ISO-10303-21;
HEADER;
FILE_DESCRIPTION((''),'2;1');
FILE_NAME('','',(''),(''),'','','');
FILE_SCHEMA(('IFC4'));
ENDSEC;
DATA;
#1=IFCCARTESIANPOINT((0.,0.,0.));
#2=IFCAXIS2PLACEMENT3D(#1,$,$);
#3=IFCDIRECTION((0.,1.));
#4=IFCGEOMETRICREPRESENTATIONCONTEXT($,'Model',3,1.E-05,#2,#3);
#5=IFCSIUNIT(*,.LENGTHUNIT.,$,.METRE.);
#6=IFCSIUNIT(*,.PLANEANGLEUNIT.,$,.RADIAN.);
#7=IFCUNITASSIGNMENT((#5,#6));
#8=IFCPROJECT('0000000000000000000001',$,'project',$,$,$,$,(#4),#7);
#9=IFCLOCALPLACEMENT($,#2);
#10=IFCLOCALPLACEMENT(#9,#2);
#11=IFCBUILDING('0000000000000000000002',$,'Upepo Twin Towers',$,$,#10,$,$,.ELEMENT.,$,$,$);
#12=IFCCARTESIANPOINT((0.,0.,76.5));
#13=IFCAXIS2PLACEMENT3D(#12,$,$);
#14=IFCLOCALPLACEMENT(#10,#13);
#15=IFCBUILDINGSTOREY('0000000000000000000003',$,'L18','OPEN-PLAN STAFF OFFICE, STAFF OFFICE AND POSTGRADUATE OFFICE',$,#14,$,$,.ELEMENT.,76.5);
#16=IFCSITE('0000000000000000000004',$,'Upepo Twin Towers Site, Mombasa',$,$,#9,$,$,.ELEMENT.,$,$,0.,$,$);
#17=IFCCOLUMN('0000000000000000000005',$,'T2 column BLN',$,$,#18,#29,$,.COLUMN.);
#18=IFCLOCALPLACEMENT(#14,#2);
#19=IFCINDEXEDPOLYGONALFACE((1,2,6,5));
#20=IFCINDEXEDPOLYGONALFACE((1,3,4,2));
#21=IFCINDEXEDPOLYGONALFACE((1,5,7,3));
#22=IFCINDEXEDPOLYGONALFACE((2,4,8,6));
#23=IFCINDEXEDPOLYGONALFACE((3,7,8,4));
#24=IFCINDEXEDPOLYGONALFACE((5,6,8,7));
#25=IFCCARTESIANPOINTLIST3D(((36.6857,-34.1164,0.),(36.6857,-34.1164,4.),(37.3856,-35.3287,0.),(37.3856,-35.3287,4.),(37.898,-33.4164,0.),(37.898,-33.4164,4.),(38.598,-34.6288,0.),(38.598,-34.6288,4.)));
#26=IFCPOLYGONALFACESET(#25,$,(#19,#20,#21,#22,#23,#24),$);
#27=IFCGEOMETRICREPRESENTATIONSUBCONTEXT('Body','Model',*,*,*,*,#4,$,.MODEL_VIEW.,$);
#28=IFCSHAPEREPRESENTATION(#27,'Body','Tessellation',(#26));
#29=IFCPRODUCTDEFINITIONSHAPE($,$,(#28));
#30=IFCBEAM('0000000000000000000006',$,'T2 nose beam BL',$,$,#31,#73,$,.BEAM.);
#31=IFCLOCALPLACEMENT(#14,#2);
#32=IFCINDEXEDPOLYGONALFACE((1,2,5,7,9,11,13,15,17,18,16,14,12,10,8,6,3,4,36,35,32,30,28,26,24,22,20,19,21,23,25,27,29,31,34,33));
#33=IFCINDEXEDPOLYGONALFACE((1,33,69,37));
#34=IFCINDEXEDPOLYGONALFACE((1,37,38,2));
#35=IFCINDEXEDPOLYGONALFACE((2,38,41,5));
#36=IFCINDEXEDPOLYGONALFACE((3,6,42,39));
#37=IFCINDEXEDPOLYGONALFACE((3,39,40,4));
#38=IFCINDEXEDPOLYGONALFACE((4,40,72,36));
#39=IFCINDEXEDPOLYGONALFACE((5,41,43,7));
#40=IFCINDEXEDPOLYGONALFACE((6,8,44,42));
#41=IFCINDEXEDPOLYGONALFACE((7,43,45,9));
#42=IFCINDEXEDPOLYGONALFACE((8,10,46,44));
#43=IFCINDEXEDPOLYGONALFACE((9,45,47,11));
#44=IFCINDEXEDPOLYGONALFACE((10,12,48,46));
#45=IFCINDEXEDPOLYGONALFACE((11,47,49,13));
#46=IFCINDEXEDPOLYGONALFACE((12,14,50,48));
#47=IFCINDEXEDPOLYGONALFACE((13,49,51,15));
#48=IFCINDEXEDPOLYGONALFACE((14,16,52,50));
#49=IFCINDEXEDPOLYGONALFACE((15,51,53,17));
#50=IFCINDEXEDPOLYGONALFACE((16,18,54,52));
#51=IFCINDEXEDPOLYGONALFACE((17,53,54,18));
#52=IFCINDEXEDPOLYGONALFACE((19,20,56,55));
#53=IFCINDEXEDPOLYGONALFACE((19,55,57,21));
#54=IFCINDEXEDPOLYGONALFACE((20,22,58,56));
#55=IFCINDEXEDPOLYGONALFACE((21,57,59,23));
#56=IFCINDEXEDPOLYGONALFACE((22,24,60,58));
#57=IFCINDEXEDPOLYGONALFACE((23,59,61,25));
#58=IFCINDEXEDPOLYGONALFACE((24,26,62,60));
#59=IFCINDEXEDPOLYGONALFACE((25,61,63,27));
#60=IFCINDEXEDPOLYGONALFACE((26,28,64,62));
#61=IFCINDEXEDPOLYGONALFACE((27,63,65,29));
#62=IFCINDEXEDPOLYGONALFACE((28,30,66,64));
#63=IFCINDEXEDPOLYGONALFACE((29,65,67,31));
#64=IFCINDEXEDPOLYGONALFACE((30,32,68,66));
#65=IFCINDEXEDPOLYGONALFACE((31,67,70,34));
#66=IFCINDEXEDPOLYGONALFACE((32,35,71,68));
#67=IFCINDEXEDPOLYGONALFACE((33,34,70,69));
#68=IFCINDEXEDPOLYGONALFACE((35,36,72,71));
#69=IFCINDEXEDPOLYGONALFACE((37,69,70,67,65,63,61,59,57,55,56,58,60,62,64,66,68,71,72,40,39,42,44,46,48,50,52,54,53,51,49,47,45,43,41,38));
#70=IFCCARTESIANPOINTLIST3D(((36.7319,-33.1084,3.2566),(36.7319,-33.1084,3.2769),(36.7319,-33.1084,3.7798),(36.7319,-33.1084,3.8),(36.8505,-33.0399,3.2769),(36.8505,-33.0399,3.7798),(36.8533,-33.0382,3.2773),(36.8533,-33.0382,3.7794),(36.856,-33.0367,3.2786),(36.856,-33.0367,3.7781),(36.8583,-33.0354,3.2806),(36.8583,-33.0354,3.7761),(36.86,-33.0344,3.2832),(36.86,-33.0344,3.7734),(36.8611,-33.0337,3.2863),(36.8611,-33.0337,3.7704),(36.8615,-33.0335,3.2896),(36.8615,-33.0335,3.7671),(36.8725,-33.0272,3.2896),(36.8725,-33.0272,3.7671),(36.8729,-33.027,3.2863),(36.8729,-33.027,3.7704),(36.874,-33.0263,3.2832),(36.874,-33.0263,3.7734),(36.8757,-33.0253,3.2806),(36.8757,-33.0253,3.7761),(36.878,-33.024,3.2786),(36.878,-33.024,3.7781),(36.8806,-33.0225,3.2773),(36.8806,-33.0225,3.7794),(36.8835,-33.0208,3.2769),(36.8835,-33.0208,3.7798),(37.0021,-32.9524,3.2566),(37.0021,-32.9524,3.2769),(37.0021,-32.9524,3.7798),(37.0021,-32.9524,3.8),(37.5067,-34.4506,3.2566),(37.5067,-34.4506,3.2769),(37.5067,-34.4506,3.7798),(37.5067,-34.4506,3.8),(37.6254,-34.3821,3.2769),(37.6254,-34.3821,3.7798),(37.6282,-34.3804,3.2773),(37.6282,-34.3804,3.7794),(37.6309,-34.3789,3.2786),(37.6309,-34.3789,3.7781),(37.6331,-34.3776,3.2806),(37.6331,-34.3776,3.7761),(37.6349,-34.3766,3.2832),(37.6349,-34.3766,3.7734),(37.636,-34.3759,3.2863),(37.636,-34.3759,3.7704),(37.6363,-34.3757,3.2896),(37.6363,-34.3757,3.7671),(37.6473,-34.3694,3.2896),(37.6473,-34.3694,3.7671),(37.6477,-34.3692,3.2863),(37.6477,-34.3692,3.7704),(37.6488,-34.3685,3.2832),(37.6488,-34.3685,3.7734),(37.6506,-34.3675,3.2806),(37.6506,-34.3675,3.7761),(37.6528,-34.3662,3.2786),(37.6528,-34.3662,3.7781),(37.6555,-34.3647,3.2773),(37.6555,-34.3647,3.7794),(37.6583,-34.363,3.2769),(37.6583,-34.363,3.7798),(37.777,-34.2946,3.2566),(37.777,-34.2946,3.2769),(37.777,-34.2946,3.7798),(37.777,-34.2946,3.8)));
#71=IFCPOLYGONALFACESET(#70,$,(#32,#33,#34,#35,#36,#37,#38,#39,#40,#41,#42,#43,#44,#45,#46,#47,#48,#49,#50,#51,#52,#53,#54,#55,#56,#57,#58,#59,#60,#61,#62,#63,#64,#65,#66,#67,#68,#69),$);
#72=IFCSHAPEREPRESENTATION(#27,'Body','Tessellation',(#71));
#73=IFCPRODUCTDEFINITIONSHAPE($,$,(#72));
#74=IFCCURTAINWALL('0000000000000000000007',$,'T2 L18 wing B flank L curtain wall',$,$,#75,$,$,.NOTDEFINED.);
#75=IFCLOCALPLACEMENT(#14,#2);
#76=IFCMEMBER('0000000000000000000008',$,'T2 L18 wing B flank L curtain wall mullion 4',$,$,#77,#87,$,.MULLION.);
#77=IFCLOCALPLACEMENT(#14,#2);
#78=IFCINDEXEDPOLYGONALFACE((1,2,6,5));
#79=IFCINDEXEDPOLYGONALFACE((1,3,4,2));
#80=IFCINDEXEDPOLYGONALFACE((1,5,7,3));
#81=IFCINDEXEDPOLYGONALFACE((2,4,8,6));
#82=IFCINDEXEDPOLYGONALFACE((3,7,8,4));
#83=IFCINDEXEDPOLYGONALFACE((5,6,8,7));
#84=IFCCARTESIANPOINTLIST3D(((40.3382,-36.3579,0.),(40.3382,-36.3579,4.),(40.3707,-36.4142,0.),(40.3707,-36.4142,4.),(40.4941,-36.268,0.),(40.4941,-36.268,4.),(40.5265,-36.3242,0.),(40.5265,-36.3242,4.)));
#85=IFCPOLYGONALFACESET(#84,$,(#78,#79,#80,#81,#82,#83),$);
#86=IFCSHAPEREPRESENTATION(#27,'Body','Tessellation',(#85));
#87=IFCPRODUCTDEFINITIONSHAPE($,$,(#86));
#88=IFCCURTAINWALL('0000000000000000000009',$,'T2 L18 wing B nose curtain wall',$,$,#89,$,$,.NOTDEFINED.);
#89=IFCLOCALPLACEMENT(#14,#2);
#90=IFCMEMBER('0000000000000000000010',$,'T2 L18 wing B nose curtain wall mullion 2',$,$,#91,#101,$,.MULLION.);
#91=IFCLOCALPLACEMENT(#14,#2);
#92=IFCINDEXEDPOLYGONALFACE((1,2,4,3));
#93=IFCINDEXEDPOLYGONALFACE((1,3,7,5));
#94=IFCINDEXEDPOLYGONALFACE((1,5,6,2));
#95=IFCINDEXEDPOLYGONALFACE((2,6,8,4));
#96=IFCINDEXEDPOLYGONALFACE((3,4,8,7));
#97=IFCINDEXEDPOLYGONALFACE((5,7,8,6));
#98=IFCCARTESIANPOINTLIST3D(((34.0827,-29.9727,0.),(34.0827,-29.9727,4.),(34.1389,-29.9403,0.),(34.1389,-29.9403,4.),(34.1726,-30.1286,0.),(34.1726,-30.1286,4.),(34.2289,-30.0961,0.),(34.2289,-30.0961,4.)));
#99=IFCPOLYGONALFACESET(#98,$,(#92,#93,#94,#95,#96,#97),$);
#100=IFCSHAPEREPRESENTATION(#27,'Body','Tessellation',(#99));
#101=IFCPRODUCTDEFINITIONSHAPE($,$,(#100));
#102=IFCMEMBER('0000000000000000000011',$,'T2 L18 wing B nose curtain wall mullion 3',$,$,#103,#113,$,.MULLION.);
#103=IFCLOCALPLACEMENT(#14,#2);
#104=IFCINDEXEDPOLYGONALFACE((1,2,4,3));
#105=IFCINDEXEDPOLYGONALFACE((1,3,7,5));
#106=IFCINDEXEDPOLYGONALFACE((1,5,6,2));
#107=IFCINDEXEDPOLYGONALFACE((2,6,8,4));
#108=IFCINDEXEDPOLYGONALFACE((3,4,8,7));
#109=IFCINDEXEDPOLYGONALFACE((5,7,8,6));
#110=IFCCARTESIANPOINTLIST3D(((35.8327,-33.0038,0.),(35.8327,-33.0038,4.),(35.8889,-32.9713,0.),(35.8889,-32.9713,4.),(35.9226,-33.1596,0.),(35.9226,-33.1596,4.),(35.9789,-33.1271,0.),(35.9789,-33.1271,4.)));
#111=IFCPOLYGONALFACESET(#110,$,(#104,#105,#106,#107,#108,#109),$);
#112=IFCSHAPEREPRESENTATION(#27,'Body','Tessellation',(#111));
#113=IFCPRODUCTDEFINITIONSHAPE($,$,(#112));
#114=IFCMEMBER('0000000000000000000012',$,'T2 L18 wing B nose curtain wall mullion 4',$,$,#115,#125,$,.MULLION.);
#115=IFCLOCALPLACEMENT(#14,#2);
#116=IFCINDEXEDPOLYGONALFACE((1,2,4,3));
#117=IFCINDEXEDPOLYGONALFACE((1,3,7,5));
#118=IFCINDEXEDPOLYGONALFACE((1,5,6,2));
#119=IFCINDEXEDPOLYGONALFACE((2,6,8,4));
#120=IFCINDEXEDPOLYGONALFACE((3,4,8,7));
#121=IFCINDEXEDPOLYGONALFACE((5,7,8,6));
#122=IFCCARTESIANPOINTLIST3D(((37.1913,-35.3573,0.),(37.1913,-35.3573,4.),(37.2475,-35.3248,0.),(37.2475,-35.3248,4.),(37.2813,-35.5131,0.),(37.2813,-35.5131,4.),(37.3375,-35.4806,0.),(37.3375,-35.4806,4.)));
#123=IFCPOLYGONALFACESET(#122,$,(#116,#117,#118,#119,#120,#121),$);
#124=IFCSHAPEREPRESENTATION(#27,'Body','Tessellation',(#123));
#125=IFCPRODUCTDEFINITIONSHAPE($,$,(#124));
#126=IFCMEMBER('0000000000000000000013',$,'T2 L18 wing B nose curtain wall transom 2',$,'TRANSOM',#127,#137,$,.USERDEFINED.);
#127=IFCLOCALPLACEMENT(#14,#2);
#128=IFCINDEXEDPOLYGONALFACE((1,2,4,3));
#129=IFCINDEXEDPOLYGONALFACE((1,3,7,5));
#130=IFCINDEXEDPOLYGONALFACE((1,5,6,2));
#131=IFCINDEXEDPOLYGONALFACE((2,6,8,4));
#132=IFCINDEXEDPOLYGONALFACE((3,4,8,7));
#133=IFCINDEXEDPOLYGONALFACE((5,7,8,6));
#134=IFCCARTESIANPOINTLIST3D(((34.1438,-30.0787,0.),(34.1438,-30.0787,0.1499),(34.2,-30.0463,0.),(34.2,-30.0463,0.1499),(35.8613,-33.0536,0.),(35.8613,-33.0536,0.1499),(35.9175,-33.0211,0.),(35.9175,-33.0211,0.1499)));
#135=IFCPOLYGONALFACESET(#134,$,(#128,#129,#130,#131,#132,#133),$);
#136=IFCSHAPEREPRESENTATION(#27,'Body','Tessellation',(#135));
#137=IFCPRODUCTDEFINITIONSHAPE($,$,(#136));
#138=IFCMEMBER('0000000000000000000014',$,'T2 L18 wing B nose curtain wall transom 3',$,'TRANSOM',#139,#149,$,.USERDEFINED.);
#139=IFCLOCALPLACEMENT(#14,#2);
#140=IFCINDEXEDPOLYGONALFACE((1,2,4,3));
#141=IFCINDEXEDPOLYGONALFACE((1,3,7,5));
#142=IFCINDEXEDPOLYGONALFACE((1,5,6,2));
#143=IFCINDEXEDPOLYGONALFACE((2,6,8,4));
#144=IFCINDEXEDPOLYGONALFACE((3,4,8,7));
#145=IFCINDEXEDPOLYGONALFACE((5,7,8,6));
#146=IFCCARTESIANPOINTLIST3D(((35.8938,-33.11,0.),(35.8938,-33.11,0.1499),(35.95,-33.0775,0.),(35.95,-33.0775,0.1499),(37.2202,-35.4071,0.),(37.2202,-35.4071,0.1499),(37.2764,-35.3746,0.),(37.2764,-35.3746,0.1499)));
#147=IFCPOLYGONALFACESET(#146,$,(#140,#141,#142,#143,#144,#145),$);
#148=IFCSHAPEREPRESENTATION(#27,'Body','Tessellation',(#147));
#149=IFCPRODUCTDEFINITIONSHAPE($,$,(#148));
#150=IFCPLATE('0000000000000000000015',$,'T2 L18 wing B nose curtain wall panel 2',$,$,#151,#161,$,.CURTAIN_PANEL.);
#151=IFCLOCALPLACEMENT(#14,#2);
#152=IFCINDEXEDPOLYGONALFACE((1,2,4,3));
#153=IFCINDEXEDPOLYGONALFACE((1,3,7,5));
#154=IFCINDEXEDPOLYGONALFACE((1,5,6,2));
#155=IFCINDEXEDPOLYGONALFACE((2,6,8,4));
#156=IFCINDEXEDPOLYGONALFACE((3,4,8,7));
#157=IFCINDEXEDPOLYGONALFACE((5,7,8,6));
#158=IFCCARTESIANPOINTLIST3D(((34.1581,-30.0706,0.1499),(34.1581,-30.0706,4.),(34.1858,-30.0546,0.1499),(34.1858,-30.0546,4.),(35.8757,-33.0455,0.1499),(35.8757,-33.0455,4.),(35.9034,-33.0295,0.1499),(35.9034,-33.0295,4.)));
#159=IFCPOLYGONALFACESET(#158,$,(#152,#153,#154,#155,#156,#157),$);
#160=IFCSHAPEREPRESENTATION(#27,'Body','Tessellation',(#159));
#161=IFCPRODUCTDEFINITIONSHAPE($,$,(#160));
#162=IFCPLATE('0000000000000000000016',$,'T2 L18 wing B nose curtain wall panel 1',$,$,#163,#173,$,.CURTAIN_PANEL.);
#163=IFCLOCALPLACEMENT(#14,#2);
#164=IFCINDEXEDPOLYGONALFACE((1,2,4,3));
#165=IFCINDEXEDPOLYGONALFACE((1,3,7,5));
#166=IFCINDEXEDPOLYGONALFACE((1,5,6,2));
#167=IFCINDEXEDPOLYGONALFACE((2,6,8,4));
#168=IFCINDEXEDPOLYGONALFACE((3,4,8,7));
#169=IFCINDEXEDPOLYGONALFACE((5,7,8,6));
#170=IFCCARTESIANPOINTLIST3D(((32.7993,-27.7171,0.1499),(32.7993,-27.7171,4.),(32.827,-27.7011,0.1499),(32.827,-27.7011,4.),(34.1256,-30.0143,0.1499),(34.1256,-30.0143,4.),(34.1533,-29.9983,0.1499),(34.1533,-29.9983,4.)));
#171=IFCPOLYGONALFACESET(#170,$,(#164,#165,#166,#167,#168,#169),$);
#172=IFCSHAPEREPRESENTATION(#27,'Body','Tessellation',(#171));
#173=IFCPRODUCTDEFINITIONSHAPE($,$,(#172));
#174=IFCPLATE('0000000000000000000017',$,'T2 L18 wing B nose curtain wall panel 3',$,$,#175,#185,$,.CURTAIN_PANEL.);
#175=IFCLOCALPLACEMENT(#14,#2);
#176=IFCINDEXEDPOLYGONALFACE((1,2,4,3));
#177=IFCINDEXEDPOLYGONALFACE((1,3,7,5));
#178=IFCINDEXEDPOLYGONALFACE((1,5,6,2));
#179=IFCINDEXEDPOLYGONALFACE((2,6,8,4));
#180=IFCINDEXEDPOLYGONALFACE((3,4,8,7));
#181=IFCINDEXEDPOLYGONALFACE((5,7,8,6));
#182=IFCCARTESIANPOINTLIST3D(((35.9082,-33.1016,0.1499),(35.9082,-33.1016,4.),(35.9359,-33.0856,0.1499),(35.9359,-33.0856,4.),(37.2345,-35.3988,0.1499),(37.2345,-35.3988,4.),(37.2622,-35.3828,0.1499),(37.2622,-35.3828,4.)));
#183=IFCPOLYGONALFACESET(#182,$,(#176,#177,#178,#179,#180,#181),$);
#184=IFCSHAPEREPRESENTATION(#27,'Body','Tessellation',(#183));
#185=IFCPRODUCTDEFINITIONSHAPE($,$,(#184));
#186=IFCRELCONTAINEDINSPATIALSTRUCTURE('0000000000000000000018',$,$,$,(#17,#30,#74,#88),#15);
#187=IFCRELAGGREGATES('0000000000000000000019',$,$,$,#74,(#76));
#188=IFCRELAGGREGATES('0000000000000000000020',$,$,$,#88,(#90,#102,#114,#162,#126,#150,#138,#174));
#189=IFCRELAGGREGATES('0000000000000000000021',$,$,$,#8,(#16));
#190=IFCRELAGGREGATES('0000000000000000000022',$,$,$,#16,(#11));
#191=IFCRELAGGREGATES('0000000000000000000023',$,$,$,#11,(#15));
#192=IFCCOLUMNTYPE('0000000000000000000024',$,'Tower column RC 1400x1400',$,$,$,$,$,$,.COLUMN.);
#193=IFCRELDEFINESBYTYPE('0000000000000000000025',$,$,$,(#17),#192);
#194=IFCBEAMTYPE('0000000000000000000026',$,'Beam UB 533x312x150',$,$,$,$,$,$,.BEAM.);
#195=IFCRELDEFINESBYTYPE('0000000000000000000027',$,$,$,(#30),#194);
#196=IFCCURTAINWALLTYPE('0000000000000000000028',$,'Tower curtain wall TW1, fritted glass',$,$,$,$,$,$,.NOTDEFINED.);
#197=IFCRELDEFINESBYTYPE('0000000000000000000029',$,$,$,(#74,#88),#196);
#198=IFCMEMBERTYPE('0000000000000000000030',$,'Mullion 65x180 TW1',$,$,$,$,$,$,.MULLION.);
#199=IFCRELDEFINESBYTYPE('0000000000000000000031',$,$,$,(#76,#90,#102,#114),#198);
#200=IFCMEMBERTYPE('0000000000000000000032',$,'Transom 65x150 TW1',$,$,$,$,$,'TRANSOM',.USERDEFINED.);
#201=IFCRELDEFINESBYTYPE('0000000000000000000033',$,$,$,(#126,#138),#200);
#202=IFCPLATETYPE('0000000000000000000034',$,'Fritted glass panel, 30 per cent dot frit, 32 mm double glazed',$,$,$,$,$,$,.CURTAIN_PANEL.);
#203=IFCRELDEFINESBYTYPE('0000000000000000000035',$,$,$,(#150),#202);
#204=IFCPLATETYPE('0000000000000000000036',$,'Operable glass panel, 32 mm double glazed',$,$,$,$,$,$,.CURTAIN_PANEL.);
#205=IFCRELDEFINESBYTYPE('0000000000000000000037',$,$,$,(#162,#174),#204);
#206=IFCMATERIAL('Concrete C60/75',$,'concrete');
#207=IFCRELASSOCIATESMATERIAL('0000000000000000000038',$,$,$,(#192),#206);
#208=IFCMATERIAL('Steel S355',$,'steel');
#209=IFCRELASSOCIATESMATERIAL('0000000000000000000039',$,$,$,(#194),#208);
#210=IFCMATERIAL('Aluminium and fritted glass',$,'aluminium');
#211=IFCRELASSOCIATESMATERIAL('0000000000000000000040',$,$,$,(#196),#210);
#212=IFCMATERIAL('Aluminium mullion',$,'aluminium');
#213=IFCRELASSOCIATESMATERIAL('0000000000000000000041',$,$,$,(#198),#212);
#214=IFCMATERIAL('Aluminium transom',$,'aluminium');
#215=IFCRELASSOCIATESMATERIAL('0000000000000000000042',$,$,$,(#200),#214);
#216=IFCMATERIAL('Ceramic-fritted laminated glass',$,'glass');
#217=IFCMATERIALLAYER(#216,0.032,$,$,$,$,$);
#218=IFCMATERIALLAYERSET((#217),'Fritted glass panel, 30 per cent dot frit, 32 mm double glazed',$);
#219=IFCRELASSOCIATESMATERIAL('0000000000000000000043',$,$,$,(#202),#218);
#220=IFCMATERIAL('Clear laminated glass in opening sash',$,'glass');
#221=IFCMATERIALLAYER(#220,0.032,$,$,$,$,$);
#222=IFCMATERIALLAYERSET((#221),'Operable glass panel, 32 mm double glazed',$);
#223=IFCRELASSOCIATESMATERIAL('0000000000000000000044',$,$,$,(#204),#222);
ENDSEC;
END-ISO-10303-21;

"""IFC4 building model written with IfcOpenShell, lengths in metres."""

from ifc_helpers import new_model, si_unit, direction, frame, origin, origin_2d, place, context, subcontext, project, spatial, rectangle, i_section, extrude, material, layer, layer_set, material_profile, profile_set, type_object, element, aggregate, save


model = new_model("IFC4")

# Units and contexts
model_context = context("Model", 3, precision=1e-05, world=origin(), true_north=direction((0.0, 1.0)))
body_context = subcontext(model_context, "Body", "Model", "MODEL_VIEW")
ifc_project = project(units=[si_unit("LENGTHUNIT", "METRE"), si_unit("PLANEANGLEUNIT", "RADIAN")], contexts=[model_context])

# Site, building, storey
site_placement = place(None, origin())
site = spatial("IfcSite", under=ifc_project, at=site_placement, Name="Upepo Twin Towers Site, Mombasa", CompositionType="ELEMENT", RefElevation=0.0)
building_placement = place(site_placement, origin())
building = spatial("IfcBuilding", under=site, at=building_placement, Name="Upepo Twin Towers", CompositionType="ELEMENT")
storey_placement = place(building_placement, frame((0.0, 0.0, 76.5)))
storey = spatial("IfcBuildingStorey", under=building, at=storey_placement, Name="L18", Description="OPEN-PLAN STAFF OFFICE, STAFF OFFICE AND POSTGRADUATE OFFICE", CompositionType="ELEMENT", Elevation=76.5)

# Column
ifc_material_1 = material(Name="Concrete C60/75", Category="concrete")
ifc_material_profile_1 = material_profile(ifc_material_1, rectangle(XDim=1.3999, YDim=1.3999, at=origin_2d()), Name="RC 1400x1400")
ifc_profile_set_1 = profile_set([ifc_material_profile_1], Name="Concrete C60/75")
column_type = type_object("IfcColumnType", Name="Tower column RC 1400x1400", PredefinedType="COLUMN", material=ifc_profile_set_1)
column_placement = place(storey_placement, frame((37.6418, -34.3726, 0.0), z_axis=(0.0, 0.0, 1.0), x_axis=(0.866025, 0.5, 0.0)))
element("IfcColumn", 1, at=column_placement, inside=storey, type_object=column_type, Name="T2 column BLN", PredefinedType="COLUMN", context=body_context, shape_type="SweptSolid", body=[
    extrude(rectangle(XDim=1.3999, YDim=1.3999, at=origin_2d()), origin(), (0.0, 0.0, 1.0), 4.0),
])

# Beam
ifc_material_2 = material(Name="Steel S355", Category="steel")
ifc_material_profile_2 = material_profile(ifc_material_2, i_section(OverallWidth=0.312, OverallDepth=0.5435, WebThickness=0.0127, FlangeThickness=0.0203, FilletRadius=0.0127, at=origin_2d()), Name="UB 533x312x150")
ifc_profile_set_2 = profile_set([ifc_material_profile_2], Name="Steel S355")
beam_type = type_object("IfcBeamType", Name="Beam UB 533x312x150", PredefinedType="BEAM", material=ifc_profile_set_2)
beam_placement = place(storey_placement, frame((37.6418, -34.3726, 3.5283), z_axis=(-0.499968, 0.866044, 0.0), x_axis=(-0.866044, -0.499968, 0.0)))
element("IfcBeam", 2, at=beam_placement, inside=storey, type_object=beam_type, Name="T2 nose beam BL", PredefinedType="BEAM", context=body_context, shape_type="SweptSolid", body=[
    extrude(i_section(OverallWidth=0.312, OverallDepth=0.5435, WebThickness=0.0127, FlangeThickness=0.0203, FilletRadius=0.0127, at=origin_2d()), origin(), (0.0, 0.0, 1.0), 1.5498),
])

# Curtain wall, member
ifc_material_3 = material(Name="Aluminium and fritted glass", Category="aluminium")
curtain_wall_type = type_object("IfcCurtainWallType", Name="Tower curtain wall TW1, fritted glass", PredefinedType="NOTDEFINED", material=ifc_material_3)
curtain_wall_1_placement = place(storey_placement, origin())
curtain_wall_1 = element("IfcCurtainWall", 3, at=curtain_wall_1_placement, inside=storey, type_object=curtain_wall_type, Name="T2 L18 wing B flank L curtain wall", PredefinedType="NOTDEFINED")
ifc_material_4 = material(Name="Aluminium mullion", Category="aluminium")
ifc_material_profile_3 = material_profile(ifc_material_4, rectangle(XDim=0.0649, YDim=0.1799, at=origin_2d()), Name="MULLION 65x180")
ifc_profile_set_3 = profile_set([ifc_material_profile_3], Name="Aluminium mullion")
member_type_1 = type_object("IfcMemberType", Name="Mullion 65x180 TW1", PredefinedType="MULLION", material=ifc_profile_set_3)
member_1_placement = place(storey_placement, frame((40.4324, -36.3411, 0.0), z_axis=(0.0, 0.0, 1.0), x_axis=(0.5, -0.866025, 0.0)))
member_1 = element("IfcMember", 4, at=member_1_placement, type_object=member_type_1, Name="T2 L18 wing B flank L curtain wall mullion 4", PredefinedType="MULLION", context=body_context, shape_type="SweptSolid", body=[
    extrude(rectangle(XDim=0.0649, YDim=0.1799, at=origin_2d()), origin(), (0.0, 0.0, 1.0), 4.0),
])
aggregate(curtain_wall_1, [member_1])

# Curtain wall, members, plates
curtain_wall_2_placement = place(storey_placement, origin())
curtain_wall_2 = element("IfcCurtainWall", 5, at=curtain_wall_2_placement, inside=storey, type_object=curtain_wall_type, Name="T2 L18 wing B nose curtain wall", PredefinedType="NOTDEFINED")
member_2_placement = place(storey_placement, frame((34.1558, -30.0344, 0.0), z_axis=(0.0, 0.0, 1.0), x_axis=(0.866025, 0.5, 0.0)))
member_2 = element("IfcMember", 6, at=member_2_placement, type_object=member_type_1, Name="T2 L18 wing B nose curtain wall mullion 2", PredefinedType="MULLION", context=body_context, shape_type="SweptSolid", body=[
    extrude(rectangle(XDim=0.0649, YDim=0.1799, at=origin_2d()), origin(), (0.0, 0.0, 1.0), 4.0),
])
member_3_placement = place(storey_placement, frame((35.9058, -33.0654, 0.0), z_axis=(0.0, 0.0, 1.0), x_axis=(0.866025, 0.5, 0.0)))
member_3 = element("IfcMember", 7, at=member_3_placement, type_object=member_type_1, Name="T2 L18 wing B nose curtain wall mullion 3", PredefinedType="MULLION", context=body_context, shape_type="SweptSolid", body=[
    extrude(rectangle(XDim=0.0649, YDim=0.1799, at=origin_2d()), origin(), (0.0, 0.0, 1.0), 4.0),
])
member_4_placement = place(storey_placement, frame((37.2644, -35.4189, 0.0), z_axis=(0.0, 0.0, 1.0), x_axis=(0.866025, 0.5, 0.0)))
member_4 = element("IfcMember", 8, at=member_4_placement, type_object=member_type_1, Name="T2 L18 wing B nose curtain wall mullion 4", PredefinedType="MULLION", context=body_context, shape_type="SweptSolid", body=[
    extrude(rectangle(XDim=0.0649, YDim=0.1799, at=origin_2d()), origin(), (0.0, 0.0, 1.0), 4.0),
])
ifc_material_5 = material(Name="Aluminium transom", Category="aluminium")
ifc_material_profile_4 = material_profile(ifc_material_5, rectangle(XDim=0.0649, YDim=0.1499, at=origin_2d()), Name="TRANSOM 65x150")
ifc_profile_set_4 = profile_set([ifc_material_profile_4], Name="Aluminium transom")
member_type_2 = type_object("IfcMemberType", Name="Transom 65x150 TW1", ElementType="TRANSOM", PredefinedType="USERDEFINED", material=ifc_profile_set_4)
member_5_placement = place(storey_placement, frame((34.1719, -30.0625, 0.075), z_axis=(0.499999, -0.866026, 0.0), x_axis=(0.866026, 0.499999, 0.0)))
member_5 = element("IfcMember", 9, at=member_5_placement, type_object=member_type_2, Name="T2 L18 wing B nose curtain wall transom 2", ObjectType="TRANSOM", PredefinedType="USERDEFINED", context=body_context, shape_type="SweptSolid", body=[
    extrude(rectangle(XDim=0.0649, YDim=0.1499, at=origin_2d()), origin(), (0.0, 0.0, 1.0), 3.4351),
])
member_6_placement = place(storey_placement, frame((35.9219, -33.0938, 0.075), z_axis=(0.500049, -0.865997, 0.0), x_axis=(0.865997, 0.500049, 0.0)))
member_6 = element("IfcMember", 10, at=member_6_placement, type_object=member_type_2, Name="T2 L18 wing B nose curtain wall transom 3", ObjectType="TRANSOM", PredefinedType="USERDEFINED", context=body_context, shape_type="SweptSolid", body=[
    extrude(rectangle(XDim=0.0649, YDim=0.1499, at=origin_2d()), origin(), (0.0, 0.0, 1.0), 2.6526),
])
ifc_material_6 = material(Name="Ceramic-fritted laminated glass", Category="glass")
ifc_layer_1 = layer(ifc_material_6, 0.032)
ifc_layer_set_1 = layer_set([ifc_layer_1], Name="Fritted glass panel, 30 per cent dot frit, 32 mm double glazed")
plate_type_1 = type_object("IfcPlateType", Name="Fritted glass panel, 30 per cent dot frit, 32 mm double glazed", PredefinedType="CURTAIN_PANEL", material=ifc_layer_set_1)
plate_1_placement = place(storey_placement, frame((35.0308, -31.55, 0.1499), z_axis=(0.0, 0.0, 1.0), x_axis=(0.5, -0.866025, 0.0)))
plate_1 = element("IfcPlate", 11, at=plate_1_placement, type_object=plate_type_1, Name="T2 L18 wing B nose curtain wall panel 2", PredefinedType="CURTAIN_PANEL", context=body_context, shape_type="SweptSolid", body=[
    extrude(rectangle(XDim=3.4351, YDim=0.032, at=origin_2d()), origin(), (0.0, 0.0, 1.0), 3.8501),
])
ifc_material_7 = material(Name="Clear laminated glass in opening sash", Category="glass")
ifc_layer_2 = layer(ifc_material_7, 0.032)
ifc_layer_set_2 = layer_set([ifc_layer_2], Name="Operable glass panel, 32 mm double glazed")
plate_type_2 = type_object("IfcPlateType", Name="Operable glass panel, 32 mm double glazed", PredefinedType="CURTAIN_PANEL", material=ifc_layer_set_2)
plate_2_placement = place(storey_placement, frame((33.4763, -28.8577, 0.1499), z_axis=(0.0, 0.0, 1.0), x_axis=(0.5, -0.866025, 0.0)))
plate_2 = element("IfcPlate", 12, at=plate_2_placement, type_object=plate_type_2, Name="T2 L18 wing B nose curtain wall panel 1", PredefinedType="CURTAIN_PANEL", context=body_context, shape_type="SweptSolid", body=[
    extrude(rectangle(XDim=2.6526, YDim=0.032, at=origin_2d()), origin(), (0.0, 0.0, 1.0), 3.8501),
])
plate_3_placement = place(storey_placement, frame((36.5852, -34.2422, 0.1499), z_axis=(0.0, 0.0, 1.0), x_axis=(0.5, -0.866025, 0.0)))
plate_3 = element("IfcPlate", 13, at=plate_3_placement, type_object=plate_type_2, Name="T2 L18 wing B nose curtain wall panel 3", PredefinedType="CURTAIN_PANEL", context=body_context, shape_type="SweptSolid", body=[
    extrude(rectangle(XDim=2.6526, YDim=0.032, at=origin_2d()), origin(), (0.0, 0.0, 1.0), 3.8501),
])
aggregate(curtain_wall_2, [member_2, member_3, member_4, plate_2, member_5, plate_1, member_6, plate_3])

save(model, "model.ifc")
